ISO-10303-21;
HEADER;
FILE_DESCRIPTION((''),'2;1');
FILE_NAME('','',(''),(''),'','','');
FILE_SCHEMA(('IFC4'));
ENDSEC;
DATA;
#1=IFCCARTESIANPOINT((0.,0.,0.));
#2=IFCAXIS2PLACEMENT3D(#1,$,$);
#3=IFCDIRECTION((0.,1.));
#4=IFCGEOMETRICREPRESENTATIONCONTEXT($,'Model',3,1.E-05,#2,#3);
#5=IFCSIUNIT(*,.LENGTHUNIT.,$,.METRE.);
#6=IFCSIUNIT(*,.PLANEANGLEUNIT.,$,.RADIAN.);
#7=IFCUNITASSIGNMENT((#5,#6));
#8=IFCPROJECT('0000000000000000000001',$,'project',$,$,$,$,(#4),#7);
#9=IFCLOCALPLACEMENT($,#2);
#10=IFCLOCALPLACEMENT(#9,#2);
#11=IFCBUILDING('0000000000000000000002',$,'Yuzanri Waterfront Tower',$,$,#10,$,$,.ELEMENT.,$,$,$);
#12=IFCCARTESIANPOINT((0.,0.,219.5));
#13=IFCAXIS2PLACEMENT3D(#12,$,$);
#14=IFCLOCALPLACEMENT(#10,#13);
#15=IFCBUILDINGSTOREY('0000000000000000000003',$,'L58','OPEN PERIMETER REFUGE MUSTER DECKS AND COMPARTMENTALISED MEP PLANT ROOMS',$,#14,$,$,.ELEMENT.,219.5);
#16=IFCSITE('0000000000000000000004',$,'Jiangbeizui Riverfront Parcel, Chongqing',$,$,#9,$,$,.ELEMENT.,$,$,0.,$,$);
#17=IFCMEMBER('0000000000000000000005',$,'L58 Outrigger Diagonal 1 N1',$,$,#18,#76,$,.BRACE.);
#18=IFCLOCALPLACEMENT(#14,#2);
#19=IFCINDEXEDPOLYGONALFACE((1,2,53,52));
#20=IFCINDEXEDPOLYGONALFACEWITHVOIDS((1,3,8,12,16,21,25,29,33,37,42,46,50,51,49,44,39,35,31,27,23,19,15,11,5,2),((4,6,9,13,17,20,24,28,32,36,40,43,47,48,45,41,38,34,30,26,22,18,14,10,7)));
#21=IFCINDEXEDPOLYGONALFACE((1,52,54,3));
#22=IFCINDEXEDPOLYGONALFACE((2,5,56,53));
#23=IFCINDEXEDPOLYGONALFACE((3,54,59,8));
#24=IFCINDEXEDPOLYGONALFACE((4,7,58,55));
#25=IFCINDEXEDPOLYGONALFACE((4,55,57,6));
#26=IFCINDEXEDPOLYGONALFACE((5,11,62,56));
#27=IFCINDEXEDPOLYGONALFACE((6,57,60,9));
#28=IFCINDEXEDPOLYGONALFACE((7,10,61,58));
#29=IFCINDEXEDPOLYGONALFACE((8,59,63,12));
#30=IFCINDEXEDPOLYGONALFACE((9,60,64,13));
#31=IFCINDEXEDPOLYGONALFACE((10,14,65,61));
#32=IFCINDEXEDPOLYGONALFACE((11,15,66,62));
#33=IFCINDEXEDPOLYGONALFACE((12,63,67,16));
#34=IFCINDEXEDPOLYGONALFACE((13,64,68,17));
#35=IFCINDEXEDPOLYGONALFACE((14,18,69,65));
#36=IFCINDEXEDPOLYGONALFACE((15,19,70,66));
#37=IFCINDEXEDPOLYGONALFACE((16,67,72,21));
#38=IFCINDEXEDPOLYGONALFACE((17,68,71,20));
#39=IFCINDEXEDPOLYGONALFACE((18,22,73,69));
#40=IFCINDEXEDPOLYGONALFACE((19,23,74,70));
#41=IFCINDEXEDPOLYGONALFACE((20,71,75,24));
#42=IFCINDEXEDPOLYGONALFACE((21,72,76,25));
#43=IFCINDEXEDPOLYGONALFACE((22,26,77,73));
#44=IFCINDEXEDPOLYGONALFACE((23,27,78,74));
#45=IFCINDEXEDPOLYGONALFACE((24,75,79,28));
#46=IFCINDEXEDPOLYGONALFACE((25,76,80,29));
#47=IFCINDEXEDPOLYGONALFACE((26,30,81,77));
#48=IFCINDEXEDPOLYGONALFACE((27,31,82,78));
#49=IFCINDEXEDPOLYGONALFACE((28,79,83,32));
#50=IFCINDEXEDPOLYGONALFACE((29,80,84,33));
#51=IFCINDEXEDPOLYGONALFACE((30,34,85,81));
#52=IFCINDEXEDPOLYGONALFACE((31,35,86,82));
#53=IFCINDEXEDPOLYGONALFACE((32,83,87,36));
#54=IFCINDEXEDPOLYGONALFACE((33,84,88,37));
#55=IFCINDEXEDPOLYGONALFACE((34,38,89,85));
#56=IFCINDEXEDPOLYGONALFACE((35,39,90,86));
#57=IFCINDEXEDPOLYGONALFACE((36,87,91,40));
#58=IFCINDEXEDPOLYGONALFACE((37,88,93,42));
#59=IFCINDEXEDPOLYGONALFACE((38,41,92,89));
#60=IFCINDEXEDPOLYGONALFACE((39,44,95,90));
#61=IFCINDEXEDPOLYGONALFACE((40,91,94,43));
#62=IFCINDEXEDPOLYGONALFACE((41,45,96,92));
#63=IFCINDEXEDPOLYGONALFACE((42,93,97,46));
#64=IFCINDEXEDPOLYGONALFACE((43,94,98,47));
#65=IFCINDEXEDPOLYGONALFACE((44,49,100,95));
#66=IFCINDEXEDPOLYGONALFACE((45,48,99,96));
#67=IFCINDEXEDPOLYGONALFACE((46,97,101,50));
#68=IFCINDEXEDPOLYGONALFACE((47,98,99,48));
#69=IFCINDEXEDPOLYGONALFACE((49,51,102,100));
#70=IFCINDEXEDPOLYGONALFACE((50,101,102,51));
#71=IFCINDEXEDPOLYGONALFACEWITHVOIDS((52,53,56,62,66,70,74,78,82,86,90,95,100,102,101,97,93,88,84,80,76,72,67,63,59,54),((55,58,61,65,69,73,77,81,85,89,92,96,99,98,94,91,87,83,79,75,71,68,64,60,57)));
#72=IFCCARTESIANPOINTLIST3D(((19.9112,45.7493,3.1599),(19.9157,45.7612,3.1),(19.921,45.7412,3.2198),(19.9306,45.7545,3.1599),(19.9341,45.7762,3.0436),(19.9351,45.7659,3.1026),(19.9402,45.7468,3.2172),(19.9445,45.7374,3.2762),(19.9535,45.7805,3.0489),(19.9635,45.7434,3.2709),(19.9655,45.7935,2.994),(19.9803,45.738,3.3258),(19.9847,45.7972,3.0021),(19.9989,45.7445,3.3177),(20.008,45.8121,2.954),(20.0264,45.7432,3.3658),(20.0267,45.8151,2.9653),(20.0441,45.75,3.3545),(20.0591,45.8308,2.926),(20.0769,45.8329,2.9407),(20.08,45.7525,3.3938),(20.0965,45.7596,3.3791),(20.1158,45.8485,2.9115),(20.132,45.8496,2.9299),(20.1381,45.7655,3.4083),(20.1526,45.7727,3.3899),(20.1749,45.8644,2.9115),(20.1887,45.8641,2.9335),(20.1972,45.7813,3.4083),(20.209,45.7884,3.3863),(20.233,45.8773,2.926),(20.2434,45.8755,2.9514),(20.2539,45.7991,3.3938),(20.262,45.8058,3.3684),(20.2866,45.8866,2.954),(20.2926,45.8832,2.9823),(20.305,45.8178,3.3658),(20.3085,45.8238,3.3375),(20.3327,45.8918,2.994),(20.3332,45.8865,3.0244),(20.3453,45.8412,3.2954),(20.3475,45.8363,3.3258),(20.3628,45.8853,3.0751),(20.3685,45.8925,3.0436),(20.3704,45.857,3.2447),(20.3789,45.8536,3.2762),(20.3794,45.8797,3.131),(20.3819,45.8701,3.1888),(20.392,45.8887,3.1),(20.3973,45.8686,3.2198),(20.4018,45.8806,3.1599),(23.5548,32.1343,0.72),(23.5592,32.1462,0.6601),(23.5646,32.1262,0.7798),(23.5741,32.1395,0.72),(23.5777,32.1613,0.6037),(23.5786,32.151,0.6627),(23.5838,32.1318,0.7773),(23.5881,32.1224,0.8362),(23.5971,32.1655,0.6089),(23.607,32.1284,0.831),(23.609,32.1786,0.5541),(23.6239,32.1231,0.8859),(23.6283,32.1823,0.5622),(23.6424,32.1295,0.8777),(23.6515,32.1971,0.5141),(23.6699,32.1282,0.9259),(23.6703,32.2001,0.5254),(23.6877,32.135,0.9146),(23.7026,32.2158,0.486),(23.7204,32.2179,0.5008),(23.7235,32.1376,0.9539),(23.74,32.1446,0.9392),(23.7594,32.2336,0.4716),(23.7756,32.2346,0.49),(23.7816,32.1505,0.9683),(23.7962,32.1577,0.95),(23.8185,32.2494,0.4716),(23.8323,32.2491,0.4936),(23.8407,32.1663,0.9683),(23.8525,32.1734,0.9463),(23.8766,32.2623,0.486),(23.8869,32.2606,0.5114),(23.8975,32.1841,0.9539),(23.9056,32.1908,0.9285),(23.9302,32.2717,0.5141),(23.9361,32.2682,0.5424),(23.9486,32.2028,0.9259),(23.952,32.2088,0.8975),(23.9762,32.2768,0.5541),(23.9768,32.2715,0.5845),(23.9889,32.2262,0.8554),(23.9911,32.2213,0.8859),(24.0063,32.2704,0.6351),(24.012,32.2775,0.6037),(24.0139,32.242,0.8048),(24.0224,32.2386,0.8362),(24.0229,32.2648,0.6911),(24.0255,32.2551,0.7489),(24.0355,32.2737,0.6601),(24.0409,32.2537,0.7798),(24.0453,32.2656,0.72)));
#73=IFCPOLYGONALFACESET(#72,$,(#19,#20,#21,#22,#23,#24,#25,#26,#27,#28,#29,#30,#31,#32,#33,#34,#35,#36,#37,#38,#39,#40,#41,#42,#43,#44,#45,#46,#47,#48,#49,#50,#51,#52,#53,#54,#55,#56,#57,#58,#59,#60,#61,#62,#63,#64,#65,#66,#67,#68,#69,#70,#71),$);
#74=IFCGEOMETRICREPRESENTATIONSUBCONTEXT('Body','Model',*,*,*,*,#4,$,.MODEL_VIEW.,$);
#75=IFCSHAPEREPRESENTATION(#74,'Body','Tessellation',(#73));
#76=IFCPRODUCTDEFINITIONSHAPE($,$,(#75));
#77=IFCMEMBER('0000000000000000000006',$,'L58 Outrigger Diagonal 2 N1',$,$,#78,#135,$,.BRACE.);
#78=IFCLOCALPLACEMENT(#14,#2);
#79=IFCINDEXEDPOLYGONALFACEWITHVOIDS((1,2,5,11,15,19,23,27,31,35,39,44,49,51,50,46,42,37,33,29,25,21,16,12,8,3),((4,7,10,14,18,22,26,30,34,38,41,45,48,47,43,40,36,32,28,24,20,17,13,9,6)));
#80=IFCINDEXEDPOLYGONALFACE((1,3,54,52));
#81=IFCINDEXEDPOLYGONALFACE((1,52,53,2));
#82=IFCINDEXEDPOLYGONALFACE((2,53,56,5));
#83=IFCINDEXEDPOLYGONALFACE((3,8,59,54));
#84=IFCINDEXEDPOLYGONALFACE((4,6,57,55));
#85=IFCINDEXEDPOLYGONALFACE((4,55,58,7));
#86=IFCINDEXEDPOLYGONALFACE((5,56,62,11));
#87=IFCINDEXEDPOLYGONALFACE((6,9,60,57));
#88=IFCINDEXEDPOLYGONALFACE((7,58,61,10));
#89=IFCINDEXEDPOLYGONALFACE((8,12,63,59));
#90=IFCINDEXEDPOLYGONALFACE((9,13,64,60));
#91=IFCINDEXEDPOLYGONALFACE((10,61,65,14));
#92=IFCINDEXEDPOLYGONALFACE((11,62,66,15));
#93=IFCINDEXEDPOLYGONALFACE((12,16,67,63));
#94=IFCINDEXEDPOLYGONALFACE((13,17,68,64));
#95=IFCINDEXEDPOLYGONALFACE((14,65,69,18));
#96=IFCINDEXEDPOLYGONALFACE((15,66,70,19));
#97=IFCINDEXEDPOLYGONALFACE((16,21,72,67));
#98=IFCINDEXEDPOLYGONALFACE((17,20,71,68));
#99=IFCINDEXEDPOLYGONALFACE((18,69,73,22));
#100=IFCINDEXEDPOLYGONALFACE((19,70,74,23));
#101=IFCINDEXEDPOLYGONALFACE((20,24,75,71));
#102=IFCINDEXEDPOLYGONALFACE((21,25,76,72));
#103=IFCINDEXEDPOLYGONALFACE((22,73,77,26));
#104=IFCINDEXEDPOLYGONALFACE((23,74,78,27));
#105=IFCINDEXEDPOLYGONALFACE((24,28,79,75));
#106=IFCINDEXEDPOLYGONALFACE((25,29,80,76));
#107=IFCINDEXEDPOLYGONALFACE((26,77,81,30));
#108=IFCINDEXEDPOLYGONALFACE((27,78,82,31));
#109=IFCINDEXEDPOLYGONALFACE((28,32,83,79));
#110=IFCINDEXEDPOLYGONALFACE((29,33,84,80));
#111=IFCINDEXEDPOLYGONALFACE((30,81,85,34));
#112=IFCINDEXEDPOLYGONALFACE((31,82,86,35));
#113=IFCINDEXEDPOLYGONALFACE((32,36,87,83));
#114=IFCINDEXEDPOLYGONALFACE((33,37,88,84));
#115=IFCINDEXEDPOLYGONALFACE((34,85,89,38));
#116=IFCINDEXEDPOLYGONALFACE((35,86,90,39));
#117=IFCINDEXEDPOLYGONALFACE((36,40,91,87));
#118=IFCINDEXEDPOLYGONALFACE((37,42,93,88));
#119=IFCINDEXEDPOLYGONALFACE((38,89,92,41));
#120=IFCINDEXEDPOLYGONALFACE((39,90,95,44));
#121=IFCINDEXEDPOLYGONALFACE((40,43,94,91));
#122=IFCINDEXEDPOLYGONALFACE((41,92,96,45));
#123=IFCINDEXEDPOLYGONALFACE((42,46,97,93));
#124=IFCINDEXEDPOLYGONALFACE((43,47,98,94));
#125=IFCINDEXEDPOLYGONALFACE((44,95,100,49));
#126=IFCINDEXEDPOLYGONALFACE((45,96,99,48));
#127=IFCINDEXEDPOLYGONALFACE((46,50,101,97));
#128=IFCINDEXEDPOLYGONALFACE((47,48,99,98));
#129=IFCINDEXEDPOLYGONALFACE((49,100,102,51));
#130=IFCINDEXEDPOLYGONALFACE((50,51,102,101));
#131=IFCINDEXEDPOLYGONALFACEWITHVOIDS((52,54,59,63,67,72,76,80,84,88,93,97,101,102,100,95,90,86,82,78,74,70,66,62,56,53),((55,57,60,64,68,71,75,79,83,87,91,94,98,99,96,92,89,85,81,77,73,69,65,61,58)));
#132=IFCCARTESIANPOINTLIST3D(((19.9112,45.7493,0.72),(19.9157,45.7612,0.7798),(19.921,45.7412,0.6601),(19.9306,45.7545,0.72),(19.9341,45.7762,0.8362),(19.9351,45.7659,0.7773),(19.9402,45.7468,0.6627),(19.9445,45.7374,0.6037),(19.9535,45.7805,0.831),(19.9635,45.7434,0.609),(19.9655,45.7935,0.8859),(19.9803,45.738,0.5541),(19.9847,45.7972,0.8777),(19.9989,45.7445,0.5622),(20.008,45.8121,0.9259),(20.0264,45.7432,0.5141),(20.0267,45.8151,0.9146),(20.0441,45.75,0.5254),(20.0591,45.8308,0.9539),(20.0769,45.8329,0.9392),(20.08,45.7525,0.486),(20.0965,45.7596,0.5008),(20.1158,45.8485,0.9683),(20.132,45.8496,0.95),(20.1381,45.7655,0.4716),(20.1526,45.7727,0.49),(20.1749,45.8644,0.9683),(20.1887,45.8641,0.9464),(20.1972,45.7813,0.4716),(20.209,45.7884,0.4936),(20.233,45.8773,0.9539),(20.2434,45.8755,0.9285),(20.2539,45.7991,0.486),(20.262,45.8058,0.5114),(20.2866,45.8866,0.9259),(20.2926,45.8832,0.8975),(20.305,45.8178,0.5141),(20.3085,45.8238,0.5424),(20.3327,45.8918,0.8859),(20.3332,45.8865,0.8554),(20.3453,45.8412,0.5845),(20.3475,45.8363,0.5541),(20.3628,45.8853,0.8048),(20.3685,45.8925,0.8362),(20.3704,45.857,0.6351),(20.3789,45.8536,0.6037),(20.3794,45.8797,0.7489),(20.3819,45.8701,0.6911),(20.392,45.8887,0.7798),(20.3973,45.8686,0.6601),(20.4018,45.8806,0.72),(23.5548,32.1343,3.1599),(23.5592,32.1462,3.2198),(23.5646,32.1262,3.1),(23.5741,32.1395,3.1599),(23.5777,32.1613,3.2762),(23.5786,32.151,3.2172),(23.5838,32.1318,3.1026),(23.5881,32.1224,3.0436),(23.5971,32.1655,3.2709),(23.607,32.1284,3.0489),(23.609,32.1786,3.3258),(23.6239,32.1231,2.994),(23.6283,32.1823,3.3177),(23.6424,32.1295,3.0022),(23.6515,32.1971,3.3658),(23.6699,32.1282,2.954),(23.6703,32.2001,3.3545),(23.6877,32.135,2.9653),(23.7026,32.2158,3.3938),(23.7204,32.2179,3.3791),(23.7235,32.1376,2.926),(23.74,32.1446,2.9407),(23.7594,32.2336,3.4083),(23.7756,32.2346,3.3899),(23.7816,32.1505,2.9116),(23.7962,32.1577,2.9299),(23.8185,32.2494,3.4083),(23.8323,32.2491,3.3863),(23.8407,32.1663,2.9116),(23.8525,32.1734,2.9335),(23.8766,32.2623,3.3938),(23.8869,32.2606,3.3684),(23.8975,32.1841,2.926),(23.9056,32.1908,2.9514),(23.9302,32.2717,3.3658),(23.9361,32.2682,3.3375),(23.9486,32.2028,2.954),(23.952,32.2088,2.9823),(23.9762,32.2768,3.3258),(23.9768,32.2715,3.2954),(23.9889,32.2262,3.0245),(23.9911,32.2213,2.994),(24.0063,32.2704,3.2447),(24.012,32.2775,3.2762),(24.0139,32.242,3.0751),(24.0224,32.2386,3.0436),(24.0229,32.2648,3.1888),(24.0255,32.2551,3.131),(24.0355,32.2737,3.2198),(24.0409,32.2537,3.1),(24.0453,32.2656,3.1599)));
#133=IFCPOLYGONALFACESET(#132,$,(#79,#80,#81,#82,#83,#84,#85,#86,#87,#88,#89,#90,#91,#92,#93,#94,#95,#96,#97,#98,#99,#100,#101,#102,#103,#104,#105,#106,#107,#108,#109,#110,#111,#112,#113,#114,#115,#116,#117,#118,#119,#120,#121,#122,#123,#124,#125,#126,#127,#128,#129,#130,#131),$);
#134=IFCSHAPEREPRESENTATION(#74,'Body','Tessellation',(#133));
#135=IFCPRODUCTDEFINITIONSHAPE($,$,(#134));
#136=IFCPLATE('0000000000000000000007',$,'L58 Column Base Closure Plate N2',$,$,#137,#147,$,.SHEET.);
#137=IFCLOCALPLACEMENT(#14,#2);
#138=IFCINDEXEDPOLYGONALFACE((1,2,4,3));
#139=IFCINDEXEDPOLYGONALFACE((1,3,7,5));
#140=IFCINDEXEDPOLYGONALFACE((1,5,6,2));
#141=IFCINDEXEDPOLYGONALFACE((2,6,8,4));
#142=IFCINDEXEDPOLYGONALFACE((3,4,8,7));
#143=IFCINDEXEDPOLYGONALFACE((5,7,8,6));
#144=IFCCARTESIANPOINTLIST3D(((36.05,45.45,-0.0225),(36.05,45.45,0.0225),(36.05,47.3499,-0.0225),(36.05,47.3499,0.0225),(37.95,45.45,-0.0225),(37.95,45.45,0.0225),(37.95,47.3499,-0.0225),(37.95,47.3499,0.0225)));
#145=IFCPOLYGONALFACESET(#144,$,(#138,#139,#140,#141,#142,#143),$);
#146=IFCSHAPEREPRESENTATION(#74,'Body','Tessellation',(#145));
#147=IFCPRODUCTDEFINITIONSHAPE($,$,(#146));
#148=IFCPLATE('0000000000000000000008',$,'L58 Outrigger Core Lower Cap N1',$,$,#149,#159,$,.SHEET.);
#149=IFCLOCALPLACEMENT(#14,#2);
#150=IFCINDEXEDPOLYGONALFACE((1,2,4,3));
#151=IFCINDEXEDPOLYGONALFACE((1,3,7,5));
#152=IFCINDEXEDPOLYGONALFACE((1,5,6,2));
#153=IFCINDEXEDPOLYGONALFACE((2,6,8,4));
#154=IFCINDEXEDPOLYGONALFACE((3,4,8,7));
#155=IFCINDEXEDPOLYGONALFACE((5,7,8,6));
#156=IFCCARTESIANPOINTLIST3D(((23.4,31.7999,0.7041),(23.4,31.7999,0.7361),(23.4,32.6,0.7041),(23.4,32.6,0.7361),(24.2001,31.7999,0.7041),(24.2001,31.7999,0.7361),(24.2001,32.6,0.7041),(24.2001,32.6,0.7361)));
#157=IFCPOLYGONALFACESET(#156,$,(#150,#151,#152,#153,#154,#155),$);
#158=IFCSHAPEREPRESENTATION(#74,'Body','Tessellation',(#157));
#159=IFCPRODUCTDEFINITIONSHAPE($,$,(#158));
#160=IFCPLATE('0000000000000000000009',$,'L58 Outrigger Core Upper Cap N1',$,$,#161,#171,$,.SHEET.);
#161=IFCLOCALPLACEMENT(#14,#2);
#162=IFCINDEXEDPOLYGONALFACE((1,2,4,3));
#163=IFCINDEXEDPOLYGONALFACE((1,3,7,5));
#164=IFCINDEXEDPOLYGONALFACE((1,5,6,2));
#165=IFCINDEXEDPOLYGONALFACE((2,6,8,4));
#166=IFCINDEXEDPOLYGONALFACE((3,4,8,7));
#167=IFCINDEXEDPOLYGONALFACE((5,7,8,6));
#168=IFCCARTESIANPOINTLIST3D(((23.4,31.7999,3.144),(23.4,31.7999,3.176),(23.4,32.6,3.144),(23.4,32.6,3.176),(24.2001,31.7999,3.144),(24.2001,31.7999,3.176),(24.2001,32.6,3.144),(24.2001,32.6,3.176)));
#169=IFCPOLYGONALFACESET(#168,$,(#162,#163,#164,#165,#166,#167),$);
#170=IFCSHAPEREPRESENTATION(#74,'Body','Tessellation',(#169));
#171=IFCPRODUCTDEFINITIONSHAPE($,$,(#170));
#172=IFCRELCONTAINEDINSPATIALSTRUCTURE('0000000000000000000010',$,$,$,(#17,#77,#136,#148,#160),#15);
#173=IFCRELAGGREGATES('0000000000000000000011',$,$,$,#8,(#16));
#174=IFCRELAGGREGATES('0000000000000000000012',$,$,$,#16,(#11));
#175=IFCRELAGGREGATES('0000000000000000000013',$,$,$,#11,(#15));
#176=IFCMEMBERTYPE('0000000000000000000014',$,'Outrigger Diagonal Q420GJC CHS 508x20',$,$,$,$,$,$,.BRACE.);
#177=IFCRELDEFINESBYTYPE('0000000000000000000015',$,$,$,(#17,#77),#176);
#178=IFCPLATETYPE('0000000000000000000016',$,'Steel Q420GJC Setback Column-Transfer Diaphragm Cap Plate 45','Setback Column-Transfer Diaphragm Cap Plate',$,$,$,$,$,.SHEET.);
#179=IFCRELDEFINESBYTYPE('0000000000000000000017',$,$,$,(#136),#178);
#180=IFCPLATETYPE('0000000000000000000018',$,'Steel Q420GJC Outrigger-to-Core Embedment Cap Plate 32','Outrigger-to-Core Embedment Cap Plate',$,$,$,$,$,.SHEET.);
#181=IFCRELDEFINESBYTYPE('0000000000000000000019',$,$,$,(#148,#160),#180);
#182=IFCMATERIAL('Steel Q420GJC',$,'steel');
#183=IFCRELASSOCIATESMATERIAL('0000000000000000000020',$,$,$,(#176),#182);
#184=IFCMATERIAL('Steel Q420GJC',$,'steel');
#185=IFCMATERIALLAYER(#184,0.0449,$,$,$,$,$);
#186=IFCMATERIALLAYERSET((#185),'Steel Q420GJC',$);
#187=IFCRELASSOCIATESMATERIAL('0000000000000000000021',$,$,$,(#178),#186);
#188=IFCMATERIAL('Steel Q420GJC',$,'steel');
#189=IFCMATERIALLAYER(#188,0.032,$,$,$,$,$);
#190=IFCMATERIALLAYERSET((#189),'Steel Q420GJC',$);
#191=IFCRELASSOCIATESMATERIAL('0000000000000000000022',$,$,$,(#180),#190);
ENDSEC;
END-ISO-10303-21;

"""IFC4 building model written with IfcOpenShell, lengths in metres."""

from ifc_helpers import new_model, si_unit, direction, frame, origin, origin_2d, place, context, subcontext, project, spatial, rectangle, hollow_circle, extrude, source, transform, mapped, material, layer, layer_set, material_profile, profile_set, type_object, element, save


model = new_model("IFC4")

# Units and contexts
model_context = context("Model", 3, precision=1e-05, world=origin(), true_north=direction((0.0, 1.0)))
body_context = subcontext(model_context, "Body", "Model", "MODEL_VIEW")
ifc_project = project(units=[si_unit("LENGTHUNIT", "METRE"), si_unit("PLANEANGLEUNIT", "RADIAN")], contexts=[model_context])

# Site, building, storey
site_placement = place(None, origin())
site = spatial("IfcSite", under=ifc_project, at=site_placement, Name="Jiangbeizui Riverfront Parcel, Chongqing", CompositionType="ELEMENT", RefElevation=0.0)
building_placement = place(site_placement, origin())
building = spatial("IfcBuilding", under=site, at=building_placement, Name="Yuzanri Waterfront Tower", CompositionType="ELEMENT")
storey_placement = place(building_placement, frame((0.0, 0.0, 219.5)))
storey = spatial("IfcBuildingStorey", under=building, at=storey_placement, Name="L58", Description="OPEN PERIMETER REFUGE MUSTER DECKS AND COMPARTMENTALISED MEP PLANT ROOMS", CompositionType="ELEMENT", Elevation=219.5)

# Members
ifc_material_1 = material(Name="Steel Q420GJC", Category="steel")
ifc_material_profile_1 = material_profile(ifc_material_1, hollow_circle(Radius=0.2539, WallThickness=0.02, at=origin_2d()), Name="CHS 508x20")
ifc_profile_set_1 = profile_set([ifc_material_profile_1], Name="Steel Q420GJC")
member_type_1 = type_object("IfcMemberType", Name="Outrigger Diagonal Q420GJC CHS 508x20", PredefinedType="BRACE", material=ifc_profile_set_1)
shared_shape_1 = source(origin(), body_context, "Body", "SweptSolid", [
    extrude(hollow_circle(Radius=0.2539, WallThickness=0.02, at=origin_2d()), origin(), (0.0, 0.0, 1.0), 14.3037),
])
for number, where, z_axis, x_axis, name in (
    (1, (23.8, 32.2, 0.72), (-0.254728, 0.951849, 0.170581), (-0.966007, -0.258516, 0.0), "L58 Outrigger Diagonal 1 N1"),
    (2, (23.8, 32.2, 3.1599), (-0.254728, 0.951849, -0.170581), (-0.966007, -0.258516, 0.0), "L58 Outrigger Diagonal 2 N1"),
):
    element("IfcMember", number, at=place(storey_placement, frame(where, z_axis=z_axis, x_axis=x_axis)), inside=storey, type_object=member_type_1, Name=name, PredefinedType="BRACE", context=body_context, shape_type="MappedRepresentation", body=[
        mapped(shared_shape_1, transform((0.0, 0.0, 0.0), scale=1.0)),
    ])

# Plates
ifc_material_2 = material(Name="Steel Q420GJC", Category="steel")
ifc_layer_1 = layer(ifc_material_2, 0.0449)
ifc_layer_set_1 = layer_set([ifc_layer_1], Name="Steel Q420GJC")
plate_type_1 = type_object("IfcPlateType", Name="Steel Q420GJC Setback Column-Transfer Diaphragm Cap Plate 45", Description="Setback Column-Transfer Diaphragm Cap Plate", PredefinedType="SHEET", material=ifc_layer_set_1)
shared_shape_2 = source(origin(), body_context, "Body", "SweptSolid", [
    extrude(rectangle(XDim=1.8999, YDim=1.8999, at=origin_2d()), origin(), (0.0, 0.0, 1.0), 0.0449),
])
plate_placement = place(storey_placement, frame((37.0, 46.3999, -0.0225), z_axis=(0.0, 0.0, 1.0), x_axis=(1.0, 0.0, 0.0)))
element("IfcPlate", 3, at=plate_placement, inside=storey, type_object=plate_type_1, Name="L58 Column Base Closure Plate N2", PredefinedType="SHEET", context=body_context, shape_type="MappedRepresentation", body=[
    mapped(shared_shape_2, transform((0.0, 0.0, 0.0), scale=1.0)),
])
ifc_material_3 = material(Name="Steel Q420GJC", Category="steel")
ifc_layer_2 = layer(ifc_material_3, 0.032)
ifc_layer_set_2 = layer_set([ifc_layer_2], Name="Steel Q420GJC")
plate_type_2 = type_object("IfcPlateType", Name="Steel Q420GJC Outrigger-to-Core Embedment Cap Plate 32", Description="Outrigger-to-Core Embedment Cap Plate", PredefinedType="SHEET", material=ifc_layer_set_2)
shared_shape_3 = source(origin(), body_context, "Body", "SweptSolid", [
    extrude(rectangle(XDim=0.8, YDim=0.8, at=origin_2d()), origin(), (0.0, 0.0, 1.0), 0.032),
])
for number, where, z_axis, x_axis, name in (
    (4, (23.8, 32.2, 0.7041), (0.0, 0.0, 1.0), (1.0, 0.0, 0.0), "L58 Outrigger Core Lower Cap N1"),
    (5, (23.8, 32.2, 3.144), (0.0, 0.0, 1.0), (1.0, 0.0, 0.0), "L58 Outrigger Core Upper Cap N1"),
):
    element("IfcPlate", number, at=place(storey_placement, frame(where, z_axis=z_axis, x_axis=x_axis)), inside=storey, type_object=plate_type_2, Name=name, PredefinedType="SHEET", context=body_context, shape_type="MappedRepresentation", body=[
        mapped(shared_shape_3, transform((0.0, 0.0, 0.0), scale=1.0)),
    ])

save(model, "model.ifc")
